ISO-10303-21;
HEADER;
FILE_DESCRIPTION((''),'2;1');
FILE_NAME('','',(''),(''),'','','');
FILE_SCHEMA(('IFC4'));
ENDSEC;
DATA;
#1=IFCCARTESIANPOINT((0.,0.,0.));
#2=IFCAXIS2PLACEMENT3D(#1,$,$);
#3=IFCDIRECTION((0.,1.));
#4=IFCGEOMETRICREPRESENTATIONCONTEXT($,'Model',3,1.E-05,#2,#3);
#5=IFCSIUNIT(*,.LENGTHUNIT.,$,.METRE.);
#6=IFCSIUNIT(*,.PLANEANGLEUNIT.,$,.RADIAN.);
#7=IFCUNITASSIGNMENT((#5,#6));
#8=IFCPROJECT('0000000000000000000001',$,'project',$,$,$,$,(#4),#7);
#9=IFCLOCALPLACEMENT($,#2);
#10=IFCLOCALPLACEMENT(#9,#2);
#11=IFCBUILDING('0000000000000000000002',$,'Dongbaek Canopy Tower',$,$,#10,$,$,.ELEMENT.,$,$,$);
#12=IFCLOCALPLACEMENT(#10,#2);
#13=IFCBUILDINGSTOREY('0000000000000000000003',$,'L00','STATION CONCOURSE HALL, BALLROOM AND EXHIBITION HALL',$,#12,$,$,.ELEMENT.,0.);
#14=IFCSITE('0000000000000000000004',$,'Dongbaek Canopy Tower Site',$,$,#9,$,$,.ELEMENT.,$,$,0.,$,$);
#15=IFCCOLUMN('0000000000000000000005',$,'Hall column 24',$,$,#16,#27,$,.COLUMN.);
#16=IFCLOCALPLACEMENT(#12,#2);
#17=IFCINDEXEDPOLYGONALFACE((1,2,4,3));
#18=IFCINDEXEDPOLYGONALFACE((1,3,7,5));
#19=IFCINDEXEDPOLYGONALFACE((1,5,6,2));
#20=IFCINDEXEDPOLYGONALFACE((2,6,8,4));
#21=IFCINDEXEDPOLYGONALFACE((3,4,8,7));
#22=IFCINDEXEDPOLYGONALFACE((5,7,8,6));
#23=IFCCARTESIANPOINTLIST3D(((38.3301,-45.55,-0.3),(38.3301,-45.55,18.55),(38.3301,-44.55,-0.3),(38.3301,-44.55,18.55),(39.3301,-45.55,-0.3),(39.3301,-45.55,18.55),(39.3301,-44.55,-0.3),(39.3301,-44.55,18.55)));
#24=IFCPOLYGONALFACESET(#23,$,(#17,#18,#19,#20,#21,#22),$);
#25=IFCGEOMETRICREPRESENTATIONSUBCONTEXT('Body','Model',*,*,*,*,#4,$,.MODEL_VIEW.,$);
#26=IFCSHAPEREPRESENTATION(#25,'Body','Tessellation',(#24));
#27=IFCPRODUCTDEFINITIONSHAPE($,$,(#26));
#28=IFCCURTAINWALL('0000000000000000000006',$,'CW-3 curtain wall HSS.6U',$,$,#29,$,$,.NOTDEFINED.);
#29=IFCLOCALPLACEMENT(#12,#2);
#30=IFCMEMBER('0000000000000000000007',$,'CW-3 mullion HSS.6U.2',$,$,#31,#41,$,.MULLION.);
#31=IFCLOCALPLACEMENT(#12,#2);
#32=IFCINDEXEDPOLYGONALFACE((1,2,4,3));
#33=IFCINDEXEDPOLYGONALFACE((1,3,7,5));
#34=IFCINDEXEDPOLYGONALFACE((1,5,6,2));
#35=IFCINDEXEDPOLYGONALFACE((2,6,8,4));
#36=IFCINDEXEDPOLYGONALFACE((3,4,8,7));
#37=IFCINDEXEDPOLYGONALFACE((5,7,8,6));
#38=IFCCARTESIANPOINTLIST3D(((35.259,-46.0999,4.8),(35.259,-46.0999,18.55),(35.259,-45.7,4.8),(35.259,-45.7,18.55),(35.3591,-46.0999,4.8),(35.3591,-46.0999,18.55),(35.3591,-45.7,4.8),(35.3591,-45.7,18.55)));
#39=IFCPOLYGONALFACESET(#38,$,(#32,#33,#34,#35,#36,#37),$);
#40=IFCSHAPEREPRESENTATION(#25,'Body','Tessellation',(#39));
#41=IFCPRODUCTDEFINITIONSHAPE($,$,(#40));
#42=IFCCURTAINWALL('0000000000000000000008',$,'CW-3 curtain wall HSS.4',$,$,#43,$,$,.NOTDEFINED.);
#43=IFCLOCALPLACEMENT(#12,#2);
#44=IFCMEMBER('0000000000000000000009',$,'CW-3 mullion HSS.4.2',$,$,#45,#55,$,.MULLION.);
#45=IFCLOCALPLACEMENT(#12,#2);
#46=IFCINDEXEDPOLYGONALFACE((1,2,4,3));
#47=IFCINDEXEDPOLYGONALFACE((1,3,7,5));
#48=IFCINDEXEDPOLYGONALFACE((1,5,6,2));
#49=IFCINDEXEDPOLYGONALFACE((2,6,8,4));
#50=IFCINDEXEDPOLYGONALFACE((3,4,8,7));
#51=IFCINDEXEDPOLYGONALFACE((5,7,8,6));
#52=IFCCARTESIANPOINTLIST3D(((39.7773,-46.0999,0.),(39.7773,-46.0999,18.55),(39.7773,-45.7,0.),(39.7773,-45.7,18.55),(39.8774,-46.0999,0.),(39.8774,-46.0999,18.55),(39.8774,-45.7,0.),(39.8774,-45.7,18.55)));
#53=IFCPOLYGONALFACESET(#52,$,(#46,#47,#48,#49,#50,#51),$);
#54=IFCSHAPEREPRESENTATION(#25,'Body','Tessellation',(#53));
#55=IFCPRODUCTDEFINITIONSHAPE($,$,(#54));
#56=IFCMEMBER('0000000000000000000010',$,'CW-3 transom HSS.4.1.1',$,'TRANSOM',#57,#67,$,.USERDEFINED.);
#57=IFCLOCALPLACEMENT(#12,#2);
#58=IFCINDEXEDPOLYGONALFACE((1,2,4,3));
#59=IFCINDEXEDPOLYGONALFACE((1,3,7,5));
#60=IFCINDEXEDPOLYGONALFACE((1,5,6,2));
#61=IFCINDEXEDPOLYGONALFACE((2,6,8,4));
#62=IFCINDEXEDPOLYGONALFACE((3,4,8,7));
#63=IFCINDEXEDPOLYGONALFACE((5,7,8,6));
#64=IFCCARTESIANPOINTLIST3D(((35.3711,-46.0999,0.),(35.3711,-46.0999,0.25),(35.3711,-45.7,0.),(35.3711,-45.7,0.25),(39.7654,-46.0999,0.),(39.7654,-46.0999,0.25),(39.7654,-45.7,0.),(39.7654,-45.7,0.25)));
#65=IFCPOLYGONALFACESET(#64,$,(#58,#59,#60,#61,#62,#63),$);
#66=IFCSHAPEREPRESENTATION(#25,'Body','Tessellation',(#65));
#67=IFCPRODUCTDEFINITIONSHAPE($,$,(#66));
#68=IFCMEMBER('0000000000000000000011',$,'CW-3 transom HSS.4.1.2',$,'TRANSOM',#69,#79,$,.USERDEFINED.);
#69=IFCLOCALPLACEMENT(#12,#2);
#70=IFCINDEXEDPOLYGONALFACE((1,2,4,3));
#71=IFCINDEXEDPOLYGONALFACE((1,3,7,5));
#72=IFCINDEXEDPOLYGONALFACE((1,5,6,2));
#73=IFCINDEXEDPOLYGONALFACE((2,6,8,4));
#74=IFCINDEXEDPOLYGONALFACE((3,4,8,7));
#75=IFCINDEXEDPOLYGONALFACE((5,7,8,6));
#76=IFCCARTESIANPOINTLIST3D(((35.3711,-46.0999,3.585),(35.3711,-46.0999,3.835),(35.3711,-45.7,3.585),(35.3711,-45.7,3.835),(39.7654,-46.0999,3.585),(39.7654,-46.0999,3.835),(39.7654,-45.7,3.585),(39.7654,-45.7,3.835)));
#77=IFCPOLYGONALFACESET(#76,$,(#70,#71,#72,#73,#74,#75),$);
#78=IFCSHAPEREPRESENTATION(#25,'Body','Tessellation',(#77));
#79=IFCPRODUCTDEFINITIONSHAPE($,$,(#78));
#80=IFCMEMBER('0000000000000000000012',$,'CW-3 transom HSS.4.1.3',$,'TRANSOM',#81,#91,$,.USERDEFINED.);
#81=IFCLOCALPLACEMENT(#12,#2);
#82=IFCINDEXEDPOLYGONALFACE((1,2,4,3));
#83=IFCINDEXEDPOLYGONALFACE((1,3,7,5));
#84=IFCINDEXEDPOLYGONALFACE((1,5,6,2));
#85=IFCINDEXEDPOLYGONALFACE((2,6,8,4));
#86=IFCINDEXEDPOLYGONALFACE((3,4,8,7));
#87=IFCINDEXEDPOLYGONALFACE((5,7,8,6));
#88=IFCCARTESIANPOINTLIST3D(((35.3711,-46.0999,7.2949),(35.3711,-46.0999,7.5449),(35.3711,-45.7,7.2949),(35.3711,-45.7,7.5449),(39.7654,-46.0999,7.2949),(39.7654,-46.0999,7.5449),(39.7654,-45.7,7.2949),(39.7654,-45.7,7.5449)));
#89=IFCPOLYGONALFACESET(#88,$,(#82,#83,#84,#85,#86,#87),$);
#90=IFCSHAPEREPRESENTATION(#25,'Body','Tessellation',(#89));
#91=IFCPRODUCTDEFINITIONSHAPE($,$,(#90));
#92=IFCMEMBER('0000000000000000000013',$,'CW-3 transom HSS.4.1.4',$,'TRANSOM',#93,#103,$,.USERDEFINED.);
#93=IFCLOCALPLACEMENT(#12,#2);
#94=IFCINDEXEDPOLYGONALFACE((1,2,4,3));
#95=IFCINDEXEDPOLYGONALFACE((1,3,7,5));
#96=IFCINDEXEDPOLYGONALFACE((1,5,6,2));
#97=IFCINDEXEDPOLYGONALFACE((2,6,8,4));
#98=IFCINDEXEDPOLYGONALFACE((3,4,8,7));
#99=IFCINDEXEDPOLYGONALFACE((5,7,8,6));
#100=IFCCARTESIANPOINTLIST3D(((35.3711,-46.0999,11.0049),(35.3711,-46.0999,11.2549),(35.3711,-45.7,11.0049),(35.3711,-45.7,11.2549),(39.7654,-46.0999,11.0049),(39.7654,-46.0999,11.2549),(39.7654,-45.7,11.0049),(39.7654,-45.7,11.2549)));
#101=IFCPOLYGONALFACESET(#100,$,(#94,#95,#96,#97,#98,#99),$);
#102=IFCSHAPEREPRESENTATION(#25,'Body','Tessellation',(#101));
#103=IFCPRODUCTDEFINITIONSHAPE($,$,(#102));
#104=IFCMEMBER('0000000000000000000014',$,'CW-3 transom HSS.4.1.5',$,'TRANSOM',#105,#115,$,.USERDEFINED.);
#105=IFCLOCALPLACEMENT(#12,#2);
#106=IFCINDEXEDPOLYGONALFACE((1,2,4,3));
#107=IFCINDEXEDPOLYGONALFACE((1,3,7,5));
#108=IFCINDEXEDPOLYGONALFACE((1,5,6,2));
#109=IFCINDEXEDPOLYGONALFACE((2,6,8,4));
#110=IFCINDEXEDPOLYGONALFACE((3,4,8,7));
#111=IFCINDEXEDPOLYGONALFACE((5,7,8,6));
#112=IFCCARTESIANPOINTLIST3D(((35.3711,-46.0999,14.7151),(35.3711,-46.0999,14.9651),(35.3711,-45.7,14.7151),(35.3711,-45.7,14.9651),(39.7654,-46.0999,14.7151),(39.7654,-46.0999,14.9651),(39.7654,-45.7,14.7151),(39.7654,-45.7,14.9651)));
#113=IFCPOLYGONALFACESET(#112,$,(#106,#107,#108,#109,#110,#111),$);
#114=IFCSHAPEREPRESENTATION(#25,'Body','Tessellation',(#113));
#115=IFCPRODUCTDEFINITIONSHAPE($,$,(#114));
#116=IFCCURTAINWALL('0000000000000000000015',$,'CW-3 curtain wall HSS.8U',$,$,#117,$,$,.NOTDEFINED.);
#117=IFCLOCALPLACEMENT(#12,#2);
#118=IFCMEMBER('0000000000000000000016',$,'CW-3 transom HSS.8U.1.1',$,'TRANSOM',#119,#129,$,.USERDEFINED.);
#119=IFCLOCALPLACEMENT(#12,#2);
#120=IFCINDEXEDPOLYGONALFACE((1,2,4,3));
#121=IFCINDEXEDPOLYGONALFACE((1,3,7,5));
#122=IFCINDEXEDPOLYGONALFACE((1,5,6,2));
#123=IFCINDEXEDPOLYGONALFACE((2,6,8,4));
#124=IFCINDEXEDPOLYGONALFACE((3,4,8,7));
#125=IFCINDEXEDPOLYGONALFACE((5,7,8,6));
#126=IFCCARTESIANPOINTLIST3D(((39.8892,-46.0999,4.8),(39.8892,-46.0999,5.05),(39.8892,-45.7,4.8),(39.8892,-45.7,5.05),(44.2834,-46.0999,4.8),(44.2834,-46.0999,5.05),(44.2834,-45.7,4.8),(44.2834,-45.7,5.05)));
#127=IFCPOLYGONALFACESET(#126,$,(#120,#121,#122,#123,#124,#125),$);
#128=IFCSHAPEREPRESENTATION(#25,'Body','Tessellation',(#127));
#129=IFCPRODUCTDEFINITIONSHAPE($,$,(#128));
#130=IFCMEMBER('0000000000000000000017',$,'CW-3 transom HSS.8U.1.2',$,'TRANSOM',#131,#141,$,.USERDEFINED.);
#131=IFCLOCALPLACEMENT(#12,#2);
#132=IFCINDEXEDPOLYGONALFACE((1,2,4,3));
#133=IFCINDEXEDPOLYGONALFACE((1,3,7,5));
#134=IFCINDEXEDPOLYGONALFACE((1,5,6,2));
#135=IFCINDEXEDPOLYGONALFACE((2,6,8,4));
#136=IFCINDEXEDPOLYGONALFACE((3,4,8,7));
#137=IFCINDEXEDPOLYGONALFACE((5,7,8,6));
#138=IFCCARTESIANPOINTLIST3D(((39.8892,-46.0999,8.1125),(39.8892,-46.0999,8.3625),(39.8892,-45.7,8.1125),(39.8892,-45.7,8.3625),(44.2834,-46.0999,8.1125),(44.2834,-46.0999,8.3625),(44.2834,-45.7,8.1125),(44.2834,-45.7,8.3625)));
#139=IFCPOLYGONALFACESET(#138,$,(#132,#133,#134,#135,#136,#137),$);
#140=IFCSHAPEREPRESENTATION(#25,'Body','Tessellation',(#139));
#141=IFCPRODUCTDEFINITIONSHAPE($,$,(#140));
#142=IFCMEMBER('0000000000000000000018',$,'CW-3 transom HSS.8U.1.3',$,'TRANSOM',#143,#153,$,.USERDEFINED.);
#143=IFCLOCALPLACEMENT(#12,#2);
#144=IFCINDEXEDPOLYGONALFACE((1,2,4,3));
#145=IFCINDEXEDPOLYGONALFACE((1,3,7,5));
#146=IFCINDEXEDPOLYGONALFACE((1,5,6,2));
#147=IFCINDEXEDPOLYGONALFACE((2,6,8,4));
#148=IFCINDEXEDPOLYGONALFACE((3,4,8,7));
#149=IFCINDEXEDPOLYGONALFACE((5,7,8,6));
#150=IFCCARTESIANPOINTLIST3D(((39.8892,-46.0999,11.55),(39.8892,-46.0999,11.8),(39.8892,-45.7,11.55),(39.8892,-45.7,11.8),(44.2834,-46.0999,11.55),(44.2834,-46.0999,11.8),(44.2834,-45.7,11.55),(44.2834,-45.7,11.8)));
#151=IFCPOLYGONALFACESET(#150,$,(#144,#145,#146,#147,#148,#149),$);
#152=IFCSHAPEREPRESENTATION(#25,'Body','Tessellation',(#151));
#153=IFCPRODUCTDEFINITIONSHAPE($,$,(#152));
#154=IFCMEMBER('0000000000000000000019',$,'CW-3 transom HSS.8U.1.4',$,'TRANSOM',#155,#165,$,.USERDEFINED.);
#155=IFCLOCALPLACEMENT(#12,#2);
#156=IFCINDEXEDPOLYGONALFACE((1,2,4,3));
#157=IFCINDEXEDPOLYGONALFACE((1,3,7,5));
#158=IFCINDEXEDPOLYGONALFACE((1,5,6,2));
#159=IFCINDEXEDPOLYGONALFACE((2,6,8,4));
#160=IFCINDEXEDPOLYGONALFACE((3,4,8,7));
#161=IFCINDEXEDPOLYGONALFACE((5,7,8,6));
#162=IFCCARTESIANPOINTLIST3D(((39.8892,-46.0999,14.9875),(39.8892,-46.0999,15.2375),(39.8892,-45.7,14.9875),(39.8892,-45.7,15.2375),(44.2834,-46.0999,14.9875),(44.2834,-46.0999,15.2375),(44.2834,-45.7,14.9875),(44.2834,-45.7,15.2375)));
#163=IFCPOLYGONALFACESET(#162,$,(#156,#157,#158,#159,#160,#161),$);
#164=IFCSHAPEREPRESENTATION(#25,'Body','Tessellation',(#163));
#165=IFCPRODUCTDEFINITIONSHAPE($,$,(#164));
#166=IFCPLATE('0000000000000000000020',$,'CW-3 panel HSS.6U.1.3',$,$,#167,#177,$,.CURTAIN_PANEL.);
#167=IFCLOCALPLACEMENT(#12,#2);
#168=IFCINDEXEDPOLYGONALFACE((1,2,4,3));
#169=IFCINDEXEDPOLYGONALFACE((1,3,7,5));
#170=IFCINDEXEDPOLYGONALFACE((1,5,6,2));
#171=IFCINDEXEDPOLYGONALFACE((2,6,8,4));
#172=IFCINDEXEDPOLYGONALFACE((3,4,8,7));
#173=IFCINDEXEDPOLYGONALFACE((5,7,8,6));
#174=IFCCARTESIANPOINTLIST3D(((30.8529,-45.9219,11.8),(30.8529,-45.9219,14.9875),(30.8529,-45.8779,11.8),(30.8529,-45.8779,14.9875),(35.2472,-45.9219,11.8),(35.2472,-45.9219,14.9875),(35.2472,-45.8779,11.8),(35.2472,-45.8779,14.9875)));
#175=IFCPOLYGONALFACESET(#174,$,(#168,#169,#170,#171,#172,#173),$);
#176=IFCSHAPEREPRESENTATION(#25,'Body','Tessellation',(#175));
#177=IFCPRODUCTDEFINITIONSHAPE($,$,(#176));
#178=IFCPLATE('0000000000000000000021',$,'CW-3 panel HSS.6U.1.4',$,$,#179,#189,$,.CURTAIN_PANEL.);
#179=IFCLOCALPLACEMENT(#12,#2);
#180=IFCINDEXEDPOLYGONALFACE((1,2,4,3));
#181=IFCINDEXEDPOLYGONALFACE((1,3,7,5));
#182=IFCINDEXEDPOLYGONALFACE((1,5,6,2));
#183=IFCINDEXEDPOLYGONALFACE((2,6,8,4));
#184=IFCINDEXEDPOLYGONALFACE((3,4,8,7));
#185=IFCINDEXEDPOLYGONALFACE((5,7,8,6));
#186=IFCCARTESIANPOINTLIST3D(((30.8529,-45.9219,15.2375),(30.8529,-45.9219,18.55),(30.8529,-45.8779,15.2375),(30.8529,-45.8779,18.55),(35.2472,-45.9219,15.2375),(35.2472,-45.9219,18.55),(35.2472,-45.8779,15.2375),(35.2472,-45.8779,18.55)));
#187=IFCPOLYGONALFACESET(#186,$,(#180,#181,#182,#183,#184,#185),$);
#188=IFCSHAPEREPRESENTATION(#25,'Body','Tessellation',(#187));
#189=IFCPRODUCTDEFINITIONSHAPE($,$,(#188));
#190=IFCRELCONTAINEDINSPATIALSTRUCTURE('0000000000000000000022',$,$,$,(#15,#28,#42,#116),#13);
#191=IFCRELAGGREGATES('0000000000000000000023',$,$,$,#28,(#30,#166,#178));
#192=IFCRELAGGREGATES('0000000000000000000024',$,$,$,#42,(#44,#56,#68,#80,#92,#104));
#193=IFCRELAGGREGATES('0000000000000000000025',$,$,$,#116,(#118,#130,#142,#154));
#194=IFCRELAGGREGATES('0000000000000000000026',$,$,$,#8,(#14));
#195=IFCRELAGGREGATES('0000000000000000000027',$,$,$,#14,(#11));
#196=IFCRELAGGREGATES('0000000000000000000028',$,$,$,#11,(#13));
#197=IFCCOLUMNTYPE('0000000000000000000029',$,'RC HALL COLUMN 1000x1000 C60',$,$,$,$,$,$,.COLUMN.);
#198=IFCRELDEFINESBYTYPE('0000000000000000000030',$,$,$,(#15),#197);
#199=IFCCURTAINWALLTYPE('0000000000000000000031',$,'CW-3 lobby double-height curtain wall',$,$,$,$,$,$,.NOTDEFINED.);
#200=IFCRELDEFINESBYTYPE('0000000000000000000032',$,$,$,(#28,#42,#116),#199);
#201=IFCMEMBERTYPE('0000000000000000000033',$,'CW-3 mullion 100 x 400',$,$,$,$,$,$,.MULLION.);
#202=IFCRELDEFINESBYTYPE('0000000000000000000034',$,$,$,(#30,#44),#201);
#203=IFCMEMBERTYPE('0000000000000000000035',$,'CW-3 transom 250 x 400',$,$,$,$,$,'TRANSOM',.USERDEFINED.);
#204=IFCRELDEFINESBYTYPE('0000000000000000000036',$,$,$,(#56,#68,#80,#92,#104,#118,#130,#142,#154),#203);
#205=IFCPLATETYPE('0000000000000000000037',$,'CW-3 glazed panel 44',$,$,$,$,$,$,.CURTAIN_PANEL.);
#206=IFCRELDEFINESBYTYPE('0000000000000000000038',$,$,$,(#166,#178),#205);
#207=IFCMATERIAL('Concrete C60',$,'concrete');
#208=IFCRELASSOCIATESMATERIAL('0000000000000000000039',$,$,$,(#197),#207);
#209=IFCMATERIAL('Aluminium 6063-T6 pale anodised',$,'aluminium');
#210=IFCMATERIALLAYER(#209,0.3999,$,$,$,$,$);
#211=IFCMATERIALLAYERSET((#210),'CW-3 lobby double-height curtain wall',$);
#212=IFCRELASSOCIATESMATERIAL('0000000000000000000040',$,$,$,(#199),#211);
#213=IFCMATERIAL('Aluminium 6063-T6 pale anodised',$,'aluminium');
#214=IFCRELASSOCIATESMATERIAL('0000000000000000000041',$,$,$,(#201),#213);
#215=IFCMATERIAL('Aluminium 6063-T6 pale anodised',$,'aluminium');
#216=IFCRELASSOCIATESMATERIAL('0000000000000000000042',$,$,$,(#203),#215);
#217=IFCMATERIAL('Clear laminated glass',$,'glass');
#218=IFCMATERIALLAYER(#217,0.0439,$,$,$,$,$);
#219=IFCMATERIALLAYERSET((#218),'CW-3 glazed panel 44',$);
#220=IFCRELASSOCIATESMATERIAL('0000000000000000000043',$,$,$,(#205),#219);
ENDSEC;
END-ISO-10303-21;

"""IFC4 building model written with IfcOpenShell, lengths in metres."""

from ifc_helpers import new_model, si_unit, direction, frame, origin, origin_2d, place, context, subcontext, project, spatial, rectangle, extrude, material, layer, layer_set, material_profile, profile_set, type_object, element, aggregate, save


model = new_model("IFC4")

# Units and contexts
model_context = context("Model", 3, precision=1e-05, world=origin(), true_north=direction((0.0, 1.0)))
body_context = subcontext(model_context, "Body", "Model", "MODEL_VIEW")
ifc_project = project(units=[si_unit("LENGTHUNIT", "METRE"), si_unit("PLANEANGLEUNIT", "RADIAN")], contexts=[model_context])

# Site, building, storey
site_placement = place(None, origin())
site = spatial("IfcSite", under=ifc_project, at=site_placement, Name="Dongbaek Canopy Tower Site", CompositionType="ELEMENT", RefElevation=0.0)
building_placement = place(site_placement, origin())
building = spatial("IfcBuilding", under=site, at=building_placement, Name="Dongbaek Canopy Tower", CompositionType="ELEMENT")
storey_placement = place(building_placement, origin())
storey = spatial("IfcBuildingStorey", under=building, at=storey_placement, Name="L00", Description="STATION CONCOURSE HALL, BALLROOM AND EXHIBITION HALL", CompositionType="ELEMENT", Elevation=0.0)

# Column
ifc_material_1 = material(Name="Concrete C60", Category="concrete")
ifc_material_profile_1 = material_profile(ifc_material_1, rectangle(XDim=1.0, YDim=1.0, at=origin_2d()), Name="RC HALL COLUMN 1000x1000 C60")
ifc_profile_set_1 = profile_set([ifc_material_profile_1], Name="Concrete C60")
column_type = type_object("IfcColumnType", Name="RC HALL COLUMN 1000x1000 C60", PredefinedType="COLUMN", material=ifc_profile_set_1)
column_placement = place(storey_placement, frame((38.8301, -45.05, -0.3), z_axis=(0.0, 0.0, 1.0), x_axis=(1.0, 0.0, 0.0)))
element("IfcColumn", 1, at=column_placement, inside=storey, type_object=column_type, Name="Hall column 24", PredefinedType="COLUMN", context=body_context, shape_type="SweptSolid", body=[
    extrude(rectangle(XDim=1.0, YDim=1.0, at=origin_2d()), origin(), (0.0, 0.0, 1.0), 18.8501),
])

# Curtain wall, member
ifc_material_2 = material(Name="Aluminium 6063-T6 pale anodised", Category="aluminium")
ifc_layer_1 = layer(ifc_material_2, 0.3999)
ifc_layer_set_1 = layer_set([ifc_layer_1], Name="CW-3 lobby double-height curtain wall")
curtain_wall_type = type_object("IfcCurtainWallType", Name="CW-3 lobby double-height curtain wall", PredefinedType="NOTDEFINED", material=ifc_layer_set_1)
curtain_wall_1_placement = place(storey_placement, origin())
curtain_wall_1 = element("IfcCurtainWall", 2, at=curtain_wall_1_placement, inside=storey, type_object=curtain_wall_type, Name="CW-3 curtain wall HSS.6U", PredefinedType="NOTDEFINED")
ifc_material_3 = material(Name="Aluminium 6063-T6 pale anodised", Category="aluminium")
ifc_material_profile_2 = material_profile(ifc_material_3, rectangle(XDim=0.3999, YDim=0.1001, at=origin_2d()), Name="CW-3 mullion 100 x 400")
ifc_profile_set_2 = profile_set([ifc_material_profile_2], Name="Aluminium 6063-T6 pale anodised")
member_type_1 = type_object("IfcMemberType", Name="CW-3 mullion 100 x 400", PredefinedType="MULLION", material=ifc_profile_set_2)
member_1_placement = place(storey_placement, frame((35.3091, -45.8999, 4.8), z_axis=(0.0, 0.0, 1.0), x_axis=(0.0, -1.0, 0.0)))
member_1 = element("IfcMember", 3, at=member_1_placement, type_object=member_type_1, Name="CW-3 mullion HSS.6U.2", PredefinedType="MULLION", context=body_context, shape_type="SweptSolid", body=[
    extrude(rectangle(XDim=0.3999, YDim=0.1001, at=origin_2d()), origin(), (0.0, 0.0, 1.0), 13.75),
])

# Curtain walls, members
curtain_wall_2_placement = place(storey_placement, origin())
curtain_wall_2 = element("IfcCurtainWall", 4, at=curtain_wall_2_placement, inside=storey, type_object=curtain_wall_type, Name="CW-3 curtain wall HSS.4", PredefinedType="NOTDEFINED")
member_2_placement = place(storey_placement, frame((39.8274, -45.8999, 0.0), z_axis=(0.0, 0.0, 1.0), x_axis=(0.0, -1.0, 0.0)))
member_2 = element("IfcMember", 5, at=member_2_placement, type_object=member_type_1, Name="CW-3 mullion HSS.4.2", PredefinedType="MULLION", context=body_context, shape_type="SweptSolid", body=[
    extrude(rectangle(XDim=0.3999, YDim=0.1001, at=origin_2d()), origin(), (0.0, 0.0, 1.0), 18.55),
])
ifc_material_4 = material(Name="Aluminium 6063-T6 pale anodised", Category="aluminium")
ifc_material_profile_3 = material_profile(ifc_material_4, rectangle(XDim=0.3999, YDim=0.25, at=origin_2d()), Name="CW-3 transom 250 x 400")
ifc_profile_set_3 = profile_set([ifc_material_profile_3], Name="Aluminium 6063-T6 pale anodised")
member_type_2 = type_object("IfcMemberType", Name="CW-3 transom 250 x 400", ElementType="TRANSOM", PredefinedType="USERDEFINED", material=ifc_profile_set_3)
member_3_placement = place(storey_placement, frame((35.3711, -45.8999, 0.125), z_axis=(1.0, 0.0, 0.0), x_axis=(0.0, 1.0, 0.0)))
member_3 = element("IfcMember", 6, at=member_3_placement, type_object=member_type_2, Name="CW-3 transom HSS.4.1.1", ObjectType="TRANSOM", PredefinedType="USERDEFINED", context=body_context, shape_type="SweptSolid", body=[
    extrude(rectangle(XDim=0.3999, YDim=0.25, at=origin_2d()), origin(), (0.0, 0.0, 1.0), 4.3943),
])
member_4_placement = place(storey_placement, frame((35.3711, -45.8999, 3.71), z_axis=(1.0, 0.0, 0.0), x_axis=(0.0, 1.0, 0.0)))
member_4 = element("IfcMember", 7, at=member_4_placement, type_object=member_type_2, Name="CW-3 transom HSS.4.1.2", ObjectType="TRANSOM", PredefinedType="USERDEFINED", context=body_context, shape_type="SweptSolid", body=[
    extrude(rectangle(XDim=0.3999, YDim=0.25, at=origin_2d()), origin(), (0.0, 0.0, 1.0), 4.3943),
])
member_5_placement = place(storey_placement, frame((35.3711, -45.8999, 7.4199), z_axis=(1.0, 0.0, 0.0), x_axis=(0.0, 1.0, 0.0)))
member_5 = element("IfcMember", 8, at=member_5_placement, type_object=member_type_2, Name="CW-3 transom HSS.4.1.3", ObjectType="TRANSOM", PredefinedType="USERDEFINED", context=body_context, shape_type="SweptSolid", body=[
    extrude(rectangle(XDim=0.3999, YDim=0.25, at=origin_2d()), origin(), (0.0, 0.0, 1.0), 4.3943),
])
member_6_placement = place(storey_placement, frame((35.3711, -45.8999, 11.1299), z_axis=(1.0, 0.0, 0.0), x_axis=(0.0, 1.0, 0.0)))
member_6 = element("IfcMember", 9, at=member_6_placement, type_object=member_type_2, Name="CW-3 transom HSS.4.1.4", ObjectType="TRANSOM", PredefinedType="USERDEFINED", context=body_context, shape_type="SweptSolid", body=[
    extrude(rectangle(XDim=0.3999, YDim=0.25, at=origin_2d()), origin(), (0.0, 0.0, 1.0), 4.3943),
])
member_7_placement = place(storey_placement, frame((35.3711, -45.8999, 14.8401), z_axis=(1.0, 0.0, 0.0), x_axis=(0.0, 1.0, 0.0)))
member_7 = element("IfcMember", 10, at=member_7_placement, type_object=member_type_2, Name="CW-3 transom HSS.4.1.5", ObjectType="TRANSOM", PredefinedType="USERDEFINED", context=body_context, shape_type="SweptSolid", body=[
    extrude(rectangle(XDim=0.3999, YDim=0.25, at=origin_2d()), origin(), (0.0, 0.0, 1.0), 4.3943),
])
curtain_wall_3_placement = place(storey_placement, origin())
curtain_wall_3 = element("IfcCurtainWall", 11, at=curtain_wall_3_placement, inside=storey, type_object=curtain_wall_type, Name="CW-3 curtain wall HSS.8U", PredefinedType="NOTDEFINED")
member_8_placement = place(storey_placement, frame((39.8892, -45.8999, 4.925), z_axis=(1.0, 0.0, 0.0), x_axis=(0.0, 1.0, 0.0)))
member_8 = element("IfcMember", 12, at=member_8_placement, type_object=member_type_2, Name="CW-3 transom HSS.8U.1.1", ObjectType="TRANSOM", PredefinedType="USERDEFINED", context=body_context, shape_type="SweptSolid", body=[
    extrude(rectangle(XDim=0.3999, YDim=0.25, at=origin_2d()), origin(), (0.0, 0.0, 1.0), 4.3943),
])
member_9_placement = place(storey_placement, frame((39.8892, -45.8999, 8.2375), z_axis=(1.0, 0.0, 0.0), x_axis=(0.0, 1.0, 0.0)))
member_9 = element("IfcMember", 13, at=member_9_placement, type_object=member_type_2, Name="CW-3 transom HSS.8U.1.2", ObjectType="TRANSOM", PredefinedType="USERDEFINED", context=body_context, shape_type="SweptSolid", body=[
    extrude(rectangle(XDim=0.3999, YDim=0.25, at=origin_2d()), origin(), (0.0, 0.0, 1.0), 4.3943),
])
member_10_placement = place(storey_placement, frame((39.8892, -45.8999, 11.675), z_axis=(1.0, 0.0, 0.0), x_axis=(0.0, 1.0, 0.0)))
member_10 = element("IfcMember", 14, at=member_10_placement, type_object=member_type_2, Name="CW-3 transom HSS.8U.1.3", ObjectType="TRANSOM", PredefinedType="USERDEFINED", context=body_context, shape_type="SweptSolid", body=[
    extrude(rectangle(XDim=0.3999, YDim=0.25, at=origin_2d()), origin(), (0.0, 0.0, 1.0), 4.3943),
])
member_11_placement = place(storey_placement, frame((39.8892, -45.8999, 15.1125), z_axis=(1.0, 0.0, 0.0), x_axis=(0.0, 1.0, 0.0)))
member_11 = element("IfcMember", 15, at=member_11_placement, type_object=member_type_2, Name="CW-3 transom HSS.8U.1.4", ObjectType="TRANSOM", PredefinedType="USERDEFINED", context=body_context, shape_type="SweptSolid", body=[
    extrude(rectangle(XDim=0.3999, YDim=0.25, at=origin_2d()), origin(), (0.0, 0.0, 1.0), 4.3943),
])

# Plates
ifc_material_5 = material(Name="Clear laminated glass", Category="glass")
ifc_layer_2 = layer(ifc_material_5, 0.0439)
ifc_layer_set_2 = layer_set([ifc_layer_2], Name="CW-3 glazed panel 44")
plate_type = type_object("IfcPlateType", Name="CW-3 glazed panel 44", PredefinedType="CURTAIN_PANEL", material=ifc_layer_set_2)
plate_1_placement = place(storey_placement, frame((33.05, -45.8999, 11.8), z_axis=(0.0, 0.0, 1.0), x_axis=(1.0, 0.0, 0.0)))
plate_1 = element("IfcPlate", 16, at=plate_1_placement, type_object=plate_type, Name="CW-3 panel HSS.6U.1.3", PredefinedType="CURTAIN_PANEL", context=body_context, shape_type="SweptSolid", body=[
    extrude(rectangle(XDim=4.3943, YDim=0.0439, at=origin_2d()), origin(), (0.0, 0.0, 1.0), 3.1875),
])
plate_2_placement = place(storey_placement, frame((33.05, -45.8999, 15.2375), z_axis=(0.0, 0.0, 1.0), x_axis=(1.0, 0.0, 0.0)))
plate_2 = element("IfcPlate", 17, at=plate_2_placement, type_object=plate_type, Name="CW-3 panel HSS.6U.1.4", PredefinedType="CURTAIN_PANEL", context=body_context, shape_type="SweptSolid", body=[
    extrude(rectangle(XDim=4.3943, YDim=0.0439, at=origin_2d()), origin(), (0.0, 0.0, 1.0), 3.3125),
])
aggregate(curtain_wall_1, [member_1, plate_1, plate_2])
aggregate(curtain_wall_2, [member_2, member_3, member_4, member_5, member_6, member_7])
aggregate(curtain_wall_3, [member_8, member_9, member_10, member_11])

save(model, "model.ifc")
